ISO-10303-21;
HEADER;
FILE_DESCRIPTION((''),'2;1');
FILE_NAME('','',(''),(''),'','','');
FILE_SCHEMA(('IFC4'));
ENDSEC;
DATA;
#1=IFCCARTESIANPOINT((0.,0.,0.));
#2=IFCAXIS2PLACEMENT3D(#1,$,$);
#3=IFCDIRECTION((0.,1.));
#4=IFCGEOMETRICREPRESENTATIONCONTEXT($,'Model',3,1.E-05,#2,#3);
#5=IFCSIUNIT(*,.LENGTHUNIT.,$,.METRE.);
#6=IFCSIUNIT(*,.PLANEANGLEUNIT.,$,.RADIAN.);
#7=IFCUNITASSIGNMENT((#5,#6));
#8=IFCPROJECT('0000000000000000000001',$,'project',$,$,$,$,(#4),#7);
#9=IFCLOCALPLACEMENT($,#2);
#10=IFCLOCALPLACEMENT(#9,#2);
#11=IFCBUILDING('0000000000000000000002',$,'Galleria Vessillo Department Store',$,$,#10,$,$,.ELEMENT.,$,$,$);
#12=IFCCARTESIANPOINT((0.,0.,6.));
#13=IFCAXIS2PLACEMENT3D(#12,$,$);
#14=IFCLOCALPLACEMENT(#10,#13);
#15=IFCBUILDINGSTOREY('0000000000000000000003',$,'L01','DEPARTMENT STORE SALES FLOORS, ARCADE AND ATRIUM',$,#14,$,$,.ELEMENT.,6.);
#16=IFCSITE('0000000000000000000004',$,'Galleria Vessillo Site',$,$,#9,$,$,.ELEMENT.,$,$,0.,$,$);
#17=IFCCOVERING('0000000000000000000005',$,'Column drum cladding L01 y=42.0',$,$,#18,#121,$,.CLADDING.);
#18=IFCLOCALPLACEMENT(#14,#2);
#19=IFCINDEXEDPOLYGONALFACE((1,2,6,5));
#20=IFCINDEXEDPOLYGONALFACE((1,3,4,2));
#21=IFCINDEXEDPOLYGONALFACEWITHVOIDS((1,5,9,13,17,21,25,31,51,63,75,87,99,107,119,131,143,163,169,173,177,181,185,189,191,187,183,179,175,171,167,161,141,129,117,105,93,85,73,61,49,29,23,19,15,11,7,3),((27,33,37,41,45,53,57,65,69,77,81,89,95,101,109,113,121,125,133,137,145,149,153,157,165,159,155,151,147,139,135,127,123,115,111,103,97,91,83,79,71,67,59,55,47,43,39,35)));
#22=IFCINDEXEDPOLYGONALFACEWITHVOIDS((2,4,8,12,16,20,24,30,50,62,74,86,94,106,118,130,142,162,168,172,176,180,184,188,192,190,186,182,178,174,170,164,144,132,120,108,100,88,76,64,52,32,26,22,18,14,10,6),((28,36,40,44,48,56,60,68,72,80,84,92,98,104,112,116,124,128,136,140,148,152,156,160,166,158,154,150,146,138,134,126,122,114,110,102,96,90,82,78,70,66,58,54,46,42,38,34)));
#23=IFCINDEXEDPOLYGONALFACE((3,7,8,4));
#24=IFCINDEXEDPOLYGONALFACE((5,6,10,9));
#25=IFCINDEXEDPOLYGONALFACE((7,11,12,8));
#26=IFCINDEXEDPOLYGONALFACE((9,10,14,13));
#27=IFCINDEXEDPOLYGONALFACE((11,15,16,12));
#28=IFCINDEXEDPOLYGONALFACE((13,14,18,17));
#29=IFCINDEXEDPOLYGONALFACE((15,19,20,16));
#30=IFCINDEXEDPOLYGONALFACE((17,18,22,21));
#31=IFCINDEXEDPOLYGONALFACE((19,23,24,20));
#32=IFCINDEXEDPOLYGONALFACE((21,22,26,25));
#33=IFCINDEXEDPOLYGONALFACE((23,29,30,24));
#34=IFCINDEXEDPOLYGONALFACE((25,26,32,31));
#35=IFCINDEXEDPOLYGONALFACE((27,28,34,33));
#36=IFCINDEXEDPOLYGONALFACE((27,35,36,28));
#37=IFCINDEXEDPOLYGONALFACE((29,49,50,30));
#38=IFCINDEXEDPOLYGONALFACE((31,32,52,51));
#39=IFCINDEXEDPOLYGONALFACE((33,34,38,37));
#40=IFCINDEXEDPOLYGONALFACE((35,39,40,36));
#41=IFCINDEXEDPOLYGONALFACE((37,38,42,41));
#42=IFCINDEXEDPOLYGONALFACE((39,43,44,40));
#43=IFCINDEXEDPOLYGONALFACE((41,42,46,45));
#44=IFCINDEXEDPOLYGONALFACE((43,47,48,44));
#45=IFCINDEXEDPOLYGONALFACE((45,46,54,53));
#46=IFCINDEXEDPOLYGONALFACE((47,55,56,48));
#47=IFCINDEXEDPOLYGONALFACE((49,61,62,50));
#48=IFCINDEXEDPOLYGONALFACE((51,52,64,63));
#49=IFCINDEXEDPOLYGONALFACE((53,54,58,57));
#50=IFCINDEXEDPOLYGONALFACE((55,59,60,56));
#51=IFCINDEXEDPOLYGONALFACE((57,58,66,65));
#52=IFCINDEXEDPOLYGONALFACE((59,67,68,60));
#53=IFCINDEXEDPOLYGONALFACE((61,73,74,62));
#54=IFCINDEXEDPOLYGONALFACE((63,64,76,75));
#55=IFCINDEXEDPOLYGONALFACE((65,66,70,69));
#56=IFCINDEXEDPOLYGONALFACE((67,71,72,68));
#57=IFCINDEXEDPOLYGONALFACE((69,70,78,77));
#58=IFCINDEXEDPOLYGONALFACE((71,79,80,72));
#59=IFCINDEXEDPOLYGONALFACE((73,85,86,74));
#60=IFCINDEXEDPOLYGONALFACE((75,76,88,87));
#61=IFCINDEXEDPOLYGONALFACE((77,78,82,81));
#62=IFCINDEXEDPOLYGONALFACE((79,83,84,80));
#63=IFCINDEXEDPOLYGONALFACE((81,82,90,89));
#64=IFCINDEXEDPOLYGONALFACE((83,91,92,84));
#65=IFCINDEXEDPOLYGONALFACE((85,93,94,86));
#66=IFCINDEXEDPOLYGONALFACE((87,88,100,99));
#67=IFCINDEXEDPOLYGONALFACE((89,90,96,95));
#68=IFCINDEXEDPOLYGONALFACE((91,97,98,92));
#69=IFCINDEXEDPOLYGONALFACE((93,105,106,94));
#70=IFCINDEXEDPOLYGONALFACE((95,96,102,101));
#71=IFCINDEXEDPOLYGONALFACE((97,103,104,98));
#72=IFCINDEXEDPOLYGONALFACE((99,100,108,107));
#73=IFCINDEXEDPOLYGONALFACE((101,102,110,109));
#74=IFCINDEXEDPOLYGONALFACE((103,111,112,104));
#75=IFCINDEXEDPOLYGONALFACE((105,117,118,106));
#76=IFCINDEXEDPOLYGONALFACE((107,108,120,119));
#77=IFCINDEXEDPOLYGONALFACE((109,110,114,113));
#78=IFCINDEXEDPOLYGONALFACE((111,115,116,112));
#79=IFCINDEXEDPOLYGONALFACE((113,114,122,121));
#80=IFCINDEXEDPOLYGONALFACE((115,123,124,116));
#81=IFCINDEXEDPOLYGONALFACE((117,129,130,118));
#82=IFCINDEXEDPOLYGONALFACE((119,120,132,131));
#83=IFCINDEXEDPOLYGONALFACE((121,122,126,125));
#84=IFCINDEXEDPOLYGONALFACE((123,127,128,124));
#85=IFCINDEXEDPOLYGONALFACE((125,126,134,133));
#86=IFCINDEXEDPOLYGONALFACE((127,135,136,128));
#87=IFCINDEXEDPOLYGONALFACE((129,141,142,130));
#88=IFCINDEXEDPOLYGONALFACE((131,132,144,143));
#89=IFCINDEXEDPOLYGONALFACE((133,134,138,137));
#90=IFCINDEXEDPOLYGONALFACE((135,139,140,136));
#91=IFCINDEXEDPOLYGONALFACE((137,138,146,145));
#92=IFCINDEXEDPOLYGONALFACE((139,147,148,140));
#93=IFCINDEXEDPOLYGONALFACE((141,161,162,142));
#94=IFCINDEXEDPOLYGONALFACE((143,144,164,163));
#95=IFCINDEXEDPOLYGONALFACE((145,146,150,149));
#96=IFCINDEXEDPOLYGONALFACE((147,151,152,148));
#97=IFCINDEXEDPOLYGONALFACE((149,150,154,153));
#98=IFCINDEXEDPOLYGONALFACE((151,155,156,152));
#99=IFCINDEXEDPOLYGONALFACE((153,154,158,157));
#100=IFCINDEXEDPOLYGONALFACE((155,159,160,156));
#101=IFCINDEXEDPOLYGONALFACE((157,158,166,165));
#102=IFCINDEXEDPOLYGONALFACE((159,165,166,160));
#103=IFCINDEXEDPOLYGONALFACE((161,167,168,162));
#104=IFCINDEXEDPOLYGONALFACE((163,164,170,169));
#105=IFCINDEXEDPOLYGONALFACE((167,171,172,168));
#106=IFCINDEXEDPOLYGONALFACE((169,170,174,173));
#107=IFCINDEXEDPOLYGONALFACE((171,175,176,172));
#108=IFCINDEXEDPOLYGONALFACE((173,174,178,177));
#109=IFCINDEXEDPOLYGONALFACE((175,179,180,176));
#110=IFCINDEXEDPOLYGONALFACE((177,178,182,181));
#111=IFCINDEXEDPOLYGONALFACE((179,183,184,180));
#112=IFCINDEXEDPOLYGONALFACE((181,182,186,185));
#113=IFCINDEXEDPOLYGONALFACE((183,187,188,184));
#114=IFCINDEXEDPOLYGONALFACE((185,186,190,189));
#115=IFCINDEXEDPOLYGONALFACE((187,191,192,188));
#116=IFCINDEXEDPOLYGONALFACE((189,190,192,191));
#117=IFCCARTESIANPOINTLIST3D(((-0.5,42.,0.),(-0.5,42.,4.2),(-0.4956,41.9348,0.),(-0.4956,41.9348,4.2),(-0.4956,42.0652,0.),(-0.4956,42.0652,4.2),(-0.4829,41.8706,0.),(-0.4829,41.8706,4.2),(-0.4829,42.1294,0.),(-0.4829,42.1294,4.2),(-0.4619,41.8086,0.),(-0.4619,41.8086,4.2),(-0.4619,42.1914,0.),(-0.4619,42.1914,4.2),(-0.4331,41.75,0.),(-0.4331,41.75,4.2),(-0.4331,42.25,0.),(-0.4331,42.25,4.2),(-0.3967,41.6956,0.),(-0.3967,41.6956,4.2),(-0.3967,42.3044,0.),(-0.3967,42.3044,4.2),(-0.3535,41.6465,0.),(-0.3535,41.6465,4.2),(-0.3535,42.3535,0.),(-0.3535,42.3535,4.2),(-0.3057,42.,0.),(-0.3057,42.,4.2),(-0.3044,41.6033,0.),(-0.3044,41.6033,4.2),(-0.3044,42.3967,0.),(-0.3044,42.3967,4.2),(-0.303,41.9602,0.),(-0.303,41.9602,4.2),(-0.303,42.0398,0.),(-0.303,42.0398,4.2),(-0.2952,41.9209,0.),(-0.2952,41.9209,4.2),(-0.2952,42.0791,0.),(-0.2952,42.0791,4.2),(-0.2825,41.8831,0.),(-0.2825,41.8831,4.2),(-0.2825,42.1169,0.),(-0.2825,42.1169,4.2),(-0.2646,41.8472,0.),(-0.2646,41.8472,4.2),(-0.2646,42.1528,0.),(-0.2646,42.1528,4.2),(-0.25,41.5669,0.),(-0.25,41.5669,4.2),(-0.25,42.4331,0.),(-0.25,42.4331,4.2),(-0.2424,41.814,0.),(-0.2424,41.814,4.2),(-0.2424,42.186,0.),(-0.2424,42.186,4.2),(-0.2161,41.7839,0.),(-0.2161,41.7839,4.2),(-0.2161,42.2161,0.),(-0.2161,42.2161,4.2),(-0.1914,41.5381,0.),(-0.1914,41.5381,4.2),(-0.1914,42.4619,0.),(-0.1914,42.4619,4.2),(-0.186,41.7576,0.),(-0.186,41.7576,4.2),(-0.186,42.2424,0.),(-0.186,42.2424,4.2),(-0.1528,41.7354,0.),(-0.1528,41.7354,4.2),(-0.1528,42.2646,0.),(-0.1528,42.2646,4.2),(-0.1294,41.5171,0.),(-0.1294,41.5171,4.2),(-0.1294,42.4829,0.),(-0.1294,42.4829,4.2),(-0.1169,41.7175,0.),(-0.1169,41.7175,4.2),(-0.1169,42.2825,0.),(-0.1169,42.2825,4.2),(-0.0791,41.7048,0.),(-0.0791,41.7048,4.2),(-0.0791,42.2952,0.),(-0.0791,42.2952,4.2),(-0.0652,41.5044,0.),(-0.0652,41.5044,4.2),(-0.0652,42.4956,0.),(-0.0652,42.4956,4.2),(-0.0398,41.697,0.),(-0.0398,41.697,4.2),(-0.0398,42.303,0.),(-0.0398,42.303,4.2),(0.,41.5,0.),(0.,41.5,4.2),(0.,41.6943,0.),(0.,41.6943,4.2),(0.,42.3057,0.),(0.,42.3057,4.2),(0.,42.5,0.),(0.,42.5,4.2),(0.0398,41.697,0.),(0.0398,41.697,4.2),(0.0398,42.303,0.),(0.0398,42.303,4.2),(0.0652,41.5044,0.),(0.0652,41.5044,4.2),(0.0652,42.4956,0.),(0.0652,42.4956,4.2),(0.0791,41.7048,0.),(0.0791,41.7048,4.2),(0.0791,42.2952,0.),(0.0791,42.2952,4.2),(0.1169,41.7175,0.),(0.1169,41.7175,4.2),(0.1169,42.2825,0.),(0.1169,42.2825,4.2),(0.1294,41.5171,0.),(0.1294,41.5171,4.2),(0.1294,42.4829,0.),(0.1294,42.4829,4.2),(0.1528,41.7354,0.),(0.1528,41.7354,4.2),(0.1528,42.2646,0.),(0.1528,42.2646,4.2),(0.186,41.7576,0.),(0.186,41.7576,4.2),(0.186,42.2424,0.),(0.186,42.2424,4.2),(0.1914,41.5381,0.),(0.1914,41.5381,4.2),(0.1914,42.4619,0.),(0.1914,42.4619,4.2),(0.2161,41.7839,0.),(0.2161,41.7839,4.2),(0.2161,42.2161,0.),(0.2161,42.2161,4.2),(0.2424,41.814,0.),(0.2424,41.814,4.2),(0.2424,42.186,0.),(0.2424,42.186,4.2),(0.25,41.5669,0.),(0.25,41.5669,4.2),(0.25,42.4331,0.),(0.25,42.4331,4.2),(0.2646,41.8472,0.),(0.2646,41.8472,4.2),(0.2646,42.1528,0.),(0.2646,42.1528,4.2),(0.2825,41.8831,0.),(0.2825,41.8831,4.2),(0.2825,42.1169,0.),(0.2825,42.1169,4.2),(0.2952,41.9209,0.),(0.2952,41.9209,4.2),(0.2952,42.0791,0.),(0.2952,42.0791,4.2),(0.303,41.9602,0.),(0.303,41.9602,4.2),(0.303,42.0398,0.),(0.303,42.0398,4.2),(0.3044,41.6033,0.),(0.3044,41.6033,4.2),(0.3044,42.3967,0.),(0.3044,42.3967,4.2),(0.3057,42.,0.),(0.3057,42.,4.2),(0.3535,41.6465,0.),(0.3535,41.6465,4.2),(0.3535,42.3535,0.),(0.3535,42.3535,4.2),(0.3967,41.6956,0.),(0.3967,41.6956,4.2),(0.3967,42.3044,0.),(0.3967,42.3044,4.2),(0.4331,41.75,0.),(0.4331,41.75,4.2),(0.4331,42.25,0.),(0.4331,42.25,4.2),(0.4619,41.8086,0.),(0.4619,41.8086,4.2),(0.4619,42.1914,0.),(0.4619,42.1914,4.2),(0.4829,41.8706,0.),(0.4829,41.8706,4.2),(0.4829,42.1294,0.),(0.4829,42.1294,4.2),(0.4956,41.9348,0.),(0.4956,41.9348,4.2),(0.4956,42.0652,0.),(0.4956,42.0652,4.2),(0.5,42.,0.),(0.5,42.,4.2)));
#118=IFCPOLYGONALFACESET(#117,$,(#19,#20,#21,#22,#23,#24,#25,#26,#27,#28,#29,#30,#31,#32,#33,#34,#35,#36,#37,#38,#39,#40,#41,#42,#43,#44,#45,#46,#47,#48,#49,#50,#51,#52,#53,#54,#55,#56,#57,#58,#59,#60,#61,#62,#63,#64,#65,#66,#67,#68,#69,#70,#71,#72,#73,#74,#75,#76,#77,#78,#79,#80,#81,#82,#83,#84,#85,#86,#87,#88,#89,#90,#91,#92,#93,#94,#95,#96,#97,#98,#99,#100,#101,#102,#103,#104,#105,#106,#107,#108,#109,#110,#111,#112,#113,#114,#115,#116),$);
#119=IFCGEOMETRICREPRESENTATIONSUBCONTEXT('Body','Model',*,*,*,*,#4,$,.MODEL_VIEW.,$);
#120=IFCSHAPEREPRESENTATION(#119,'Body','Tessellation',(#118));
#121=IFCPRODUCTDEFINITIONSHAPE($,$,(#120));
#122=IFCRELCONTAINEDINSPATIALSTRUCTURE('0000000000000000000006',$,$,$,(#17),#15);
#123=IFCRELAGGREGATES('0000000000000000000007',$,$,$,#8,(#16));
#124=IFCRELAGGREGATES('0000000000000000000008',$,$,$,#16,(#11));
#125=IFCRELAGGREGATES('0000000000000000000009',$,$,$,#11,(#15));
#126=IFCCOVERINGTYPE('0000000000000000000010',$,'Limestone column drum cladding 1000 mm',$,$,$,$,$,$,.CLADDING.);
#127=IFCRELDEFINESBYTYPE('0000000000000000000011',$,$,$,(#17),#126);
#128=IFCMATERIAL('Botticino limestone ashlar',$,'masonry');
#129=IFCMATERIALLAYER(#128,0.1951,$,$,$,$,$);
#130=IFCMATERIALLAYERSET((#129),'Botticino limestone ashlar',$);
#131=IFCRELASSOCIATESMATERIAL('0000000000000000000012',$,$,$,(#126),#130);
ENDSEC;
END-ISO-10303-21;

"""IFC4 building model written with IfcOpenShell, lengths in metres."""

from ifc_helpers import new_model, si_unit, direction, frame, origin, place, context, subcontext, project, spatial, polyline, outline, extrude, material, layer, layer_set, type_object, element, save


model = new_model("IFC4")

# Units and contexts
model_context = context("Model", 3, precision=1e-05, world=origin(), true_north=direction((0.0, 1.0)))
body_context = subcontext(model_context, "Body", "Model", "MODEL_VIEW")
ifc_project = project(units=[si_unit("LENGTHUNIT", "METRE"), si_unit("PLANEANGLEUNIT", "RADIAN")], contexts=[model_context])

# Site, building, storey
site_placement = place(None, origin())
site = spatial("IfcSite", under=ifc_project, at=site_placement, Name="Galleria Vessillo Site", CompositionType="ELEMENT", RefElevation=0.0)
building_placement = place(site_placement, origin())
building = spatial("IfcBuilding", under=site, at=building_placement, Name="Galleria Vessillo Department Store", CompositionType="ELEMENT")
storey_placement = place(building_placement, frame((0.0, 0.0, 6.0)))
storey = spatial("IfcBuildingStorey", under=building, at=storey_placement, Name="L01", Description="DEPARTMENT STORE SALES FLOORS, ARCADE AND ATRIUM", CompositionType="ELEMENT", Elevation=6.0)

# Covering
ifc_material_1 = material(Name="Botticino limestone ashlar", Category="masonry")
ifc_layer_1 = layer(ifc_material_1, 0.1951)
ifc_layer_set_1 = layer_set([ifc_layer_1], Name="Botticino limestone ashlar")
covering_type = type_object("IfcCoveringType", Name="Limestone column drum cladding 1000 mm", PredefinedType="CLADDING", material=ifc_layer_set_1)
covering_1_placement = place(storey_placement, origin())
element("IfcCovering", 1, at=covering_1_placement, inside=storey, type_object=covering_type, Name="Column drum cladding L01 y=42.0", PredefinedType="CLADDING", context=body_context, shape_type="SweptSolid", body=[
    extrude(outline(polyline([(0.5, 42.0), (0.4956, 42.0652), (0.4829, 42.1294), (0.4619, 42.1914), (0.4331, 42.25), (0.3967, 42.3044), (0.3535, 42.3535), (0.3044, 42.3967), (0.25, 42.4331), (0.1914, 42.4619), (0.1294, 42.4829), (0.0652, 42.4956), (0.0, 42.5), (-0.0652, 42.4956), (-0.1294, 42.4829), (-0.1914, 42.4619), (-0.25, 42.4331), (-0.3044, 42.3967), (-0.3535, 42.3535), (-0.3967, 42.3044), (-0.4331, 42.25), (-0.4619, 42.1914), (-0.4829, 42.1294), (-0.4956, 42.0652), (-0.5, 42.0), (-0.4956, 41.9348), (-0.4829, 41.8706), (-0.4619, 41.8086), (-0.4331, 41.75), (-0.3967, 41.6956), (-0.3535, 41.6465), (-0.3044, 41.6033), (-0.25, 41.5669), (-0.1914, 41.5381), (-0.1294, 41.5171), (-0.0652, 41.5044), (0.0, 41.5), (0.0652, 41.5044), (0.1294, 41.5171), (0.1914, 41.5381), (0.25, 41.5669), (0.3044, 41.6033), (0.3535, 41.6465), (0.3967, 41.6956), (0.4331, 41.75), (0.4619, 41.8086), (0.4829, 41.8706), (0.4956, 41.9348), (0.5, 42.0)]), holes=[polyline([(0.3057, 42.0), (0.303, 42.0398), (0.2952, 42.0791), (0.2825, 42.1169), (0.2646, 42.1528), (0.2424, 42.186), (0.2161, 42.2161), (0.186, 42.2424), (0.1528, 42.2646), (0.1169, 42.2825), (0.0791, 42.2952), (0.0398, 42.303), (0.0, 42.3057), (-0.0398, 42.303), (-0.0791, 42.2952), (-0.1169, 42.2825), (-0.1528, 42.2646), (-0.186, 42.2424), (-0.2161, 42.2161), (-0.2424, 42.186), (-0.2646, 42.1528), (-0.2825, 42.1169), (-0.2952, 42.0791), (-0.303, 42.0398), (-0.3057, 42.0), (-0.303, 41.9602), (-0.2952, 41.9209), (-0.2825, 41.8831), (-0.2646, 41.8472), (-0.2424, 41.814), (-0.2161, 41.7839), (-0.186, 41.7576), (-0.1528, 41.7354), (-0.1169, 41.7175), (-0.0791, 41.7048), (-0.0398, 41.697), (0.0, 41.6943), (0.0398, 41.697), (0.0791, 41.7048), (0.1169, 41.7175), (0.1528, 41.7354), (0.186, 41.7576), (0.2161, 41.7839), (0.2424, 41.814), (0.2646, 41.8472), (0.2825, 41.8831), (0.2952, 41.9209), (0.303, 41.9602), (0.3057, 42.0)])]), origin(), (0.0, 0.0, 1.0), 4.2),
])

save(model, "model.ifc")
